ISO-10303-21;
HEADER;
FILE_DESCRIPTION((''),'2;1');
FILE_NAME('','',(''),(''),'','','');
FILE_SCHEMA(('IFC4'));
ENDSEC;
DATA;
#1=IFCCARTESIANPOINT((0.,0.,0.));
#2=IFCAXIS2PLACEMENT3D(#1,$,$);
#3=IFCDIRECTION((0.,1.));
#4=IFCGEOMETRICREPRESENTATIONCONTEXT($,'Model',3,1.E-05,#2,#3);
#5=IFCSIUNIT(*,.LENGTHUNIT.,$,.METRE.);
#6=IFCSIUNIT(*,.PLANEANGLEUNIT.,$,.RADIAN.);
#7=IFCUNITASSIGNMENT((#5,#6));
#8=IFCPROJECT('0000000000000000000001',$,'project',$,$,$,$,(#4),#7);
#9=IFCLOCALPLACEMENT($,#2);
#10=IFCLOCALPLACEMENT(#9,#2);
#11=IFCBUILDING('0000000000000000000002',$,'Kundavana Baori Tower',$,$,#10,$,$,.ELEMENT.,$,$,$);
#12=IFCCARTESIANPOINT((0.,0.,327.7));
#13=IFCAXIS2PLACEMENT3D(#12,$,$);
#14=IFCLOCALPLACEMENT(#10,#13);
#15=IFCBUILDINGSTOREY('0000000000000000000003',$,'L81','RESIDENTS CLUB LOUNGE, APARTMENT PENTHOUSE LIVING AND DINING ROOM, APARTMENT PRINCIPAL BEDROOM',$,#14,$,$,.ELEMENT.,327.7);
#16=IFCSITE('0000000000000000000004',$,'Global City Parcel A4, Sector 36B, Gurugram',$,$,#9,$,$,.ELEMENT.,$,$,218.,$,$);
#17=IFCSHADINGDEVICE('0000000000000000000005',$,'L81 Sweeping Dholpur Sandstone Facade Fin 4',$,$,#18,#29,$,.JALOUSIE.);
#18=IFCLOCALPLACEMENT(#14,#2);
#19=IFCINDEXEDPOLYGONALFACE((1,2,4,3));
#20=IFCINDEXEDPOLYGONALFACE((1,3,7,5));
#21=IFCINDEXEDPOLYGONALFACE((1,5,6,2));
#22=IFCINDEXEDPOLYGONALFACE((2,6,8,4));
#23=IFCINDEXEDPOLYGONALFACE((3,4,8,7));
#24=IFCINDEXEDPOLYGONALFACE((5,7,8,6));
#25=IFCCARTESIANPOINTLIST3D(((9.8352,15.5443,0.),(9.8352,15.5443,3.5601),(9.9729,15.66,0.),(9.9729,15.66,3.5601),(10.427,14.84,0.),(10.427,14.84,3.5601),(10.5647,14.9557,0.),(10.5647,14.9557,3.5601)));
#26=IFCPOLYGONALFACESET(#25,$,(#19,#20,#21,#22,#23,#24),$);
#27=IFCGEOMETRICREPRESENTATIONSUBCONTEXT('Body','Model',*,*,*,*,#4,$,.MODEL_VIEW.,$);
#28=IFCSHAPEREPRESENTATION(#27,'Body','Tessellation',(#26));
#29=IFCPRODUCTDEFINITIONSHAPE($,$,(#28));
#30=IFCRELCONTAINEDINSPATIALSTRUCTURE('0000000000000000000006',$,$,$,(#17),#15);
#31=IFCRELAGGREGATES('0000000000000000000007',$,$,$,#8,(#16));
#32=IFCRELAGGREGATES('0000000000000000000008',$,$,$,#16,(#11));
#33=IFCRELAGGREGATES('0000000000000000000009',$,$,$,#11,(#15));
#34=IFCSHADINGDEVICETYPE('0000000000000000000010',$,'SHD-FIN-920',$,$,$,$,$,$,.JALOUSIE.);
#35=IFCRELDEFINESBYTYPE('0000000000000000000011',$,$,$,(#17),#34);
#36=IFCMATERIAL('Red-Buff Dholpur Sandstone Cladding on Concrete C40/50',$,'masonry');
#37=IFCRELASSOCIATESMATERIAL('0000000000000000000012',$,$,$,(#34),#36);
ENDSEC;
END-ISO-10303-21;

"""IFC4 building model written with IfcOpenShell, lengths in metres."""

from ifc_helpers import new_model, si_unit, direction, frame, origin, origin_2d, place, context, subcontext, project, spatial, rectangle, extrude, material, type_object, element, save


model = new_model("IFC4")

# Units and contexts
model_context = context("Model", 3, precision=1e-05, world=origin(), true_north=direction((0.0, 1.0)))
body_context = subcontext(model_context, "Body", "Model", "MODEL_VIEW")
ifc_project = project(units=[si_unit("LENGTHUNIT", "METRE"), si_unit("PLANEANGLEUNIT", "RADIAN")], contexts=[model_context])

# Site, building, storey
site_placement = place(None, origin())
site = spatial("IfcSite", under=ifc_project, at=site_placement, Name="Global City Parcel A4, Sector 36B, Gurugram", CompositionType="ELEMENT", RefElevation=218.0)
building_placement = place(site_placement, origin())
building = spatial("IfcBuilding", under=site, at=building_placement, Name="Kundavana Baori Tower", CompositionType="ELEMENT")
storey_placement = place(building_placement, frame((0.0, 0.0, 327.7)))
storey = spatial("IfcBuildingStorey", under=building, at=storey_placement, Name="L81", Description="RESIDENTS CLUB LOUNGE, APARTMENT PENTHOUSE LIVING AND DINING ROOM, APARTMENT PRINCIPAL BEDROOM", CompositionType="ELEMENT", Elevation=327.7)

# Shading device
ifc_material_1 = material(Name="Red-Buff Dholpur Sandstone Cladding on Concrete C40/50", Category="masonry")
shading_device_type = type_object("IfcShadingDeviceType", Name="SHD-FIN-920", PredefinedType="JALOUSIE", material=ifc_material_1)
for number, where, z_axis, x_axis, name in (
    (1, (10.2, 15.25, 0.0), (0.0, 0.0, 1.0), (0.765596, 0.643322, 0.0), "L81 Sweeping Dholpur Sandstone Facade Fin 4"),
):
    element("IfcShadingDevice", number, at=place(storey_placement, frame(where, z_axis=z_axis, x_axis=x_axis)), inside=storey, type_object=shading_device_type, Name=name, PredefinedType="JALOUSIE", context=body_context, shape_type="SweptSolid", body=[
        extrude(rectangle(XDim=0.1799, YDim=0.9199, at=origin_2d()), origin(), (0.0, 0.0, 1.0), 3.5601),
    ])

save(model, "model.ifc")
